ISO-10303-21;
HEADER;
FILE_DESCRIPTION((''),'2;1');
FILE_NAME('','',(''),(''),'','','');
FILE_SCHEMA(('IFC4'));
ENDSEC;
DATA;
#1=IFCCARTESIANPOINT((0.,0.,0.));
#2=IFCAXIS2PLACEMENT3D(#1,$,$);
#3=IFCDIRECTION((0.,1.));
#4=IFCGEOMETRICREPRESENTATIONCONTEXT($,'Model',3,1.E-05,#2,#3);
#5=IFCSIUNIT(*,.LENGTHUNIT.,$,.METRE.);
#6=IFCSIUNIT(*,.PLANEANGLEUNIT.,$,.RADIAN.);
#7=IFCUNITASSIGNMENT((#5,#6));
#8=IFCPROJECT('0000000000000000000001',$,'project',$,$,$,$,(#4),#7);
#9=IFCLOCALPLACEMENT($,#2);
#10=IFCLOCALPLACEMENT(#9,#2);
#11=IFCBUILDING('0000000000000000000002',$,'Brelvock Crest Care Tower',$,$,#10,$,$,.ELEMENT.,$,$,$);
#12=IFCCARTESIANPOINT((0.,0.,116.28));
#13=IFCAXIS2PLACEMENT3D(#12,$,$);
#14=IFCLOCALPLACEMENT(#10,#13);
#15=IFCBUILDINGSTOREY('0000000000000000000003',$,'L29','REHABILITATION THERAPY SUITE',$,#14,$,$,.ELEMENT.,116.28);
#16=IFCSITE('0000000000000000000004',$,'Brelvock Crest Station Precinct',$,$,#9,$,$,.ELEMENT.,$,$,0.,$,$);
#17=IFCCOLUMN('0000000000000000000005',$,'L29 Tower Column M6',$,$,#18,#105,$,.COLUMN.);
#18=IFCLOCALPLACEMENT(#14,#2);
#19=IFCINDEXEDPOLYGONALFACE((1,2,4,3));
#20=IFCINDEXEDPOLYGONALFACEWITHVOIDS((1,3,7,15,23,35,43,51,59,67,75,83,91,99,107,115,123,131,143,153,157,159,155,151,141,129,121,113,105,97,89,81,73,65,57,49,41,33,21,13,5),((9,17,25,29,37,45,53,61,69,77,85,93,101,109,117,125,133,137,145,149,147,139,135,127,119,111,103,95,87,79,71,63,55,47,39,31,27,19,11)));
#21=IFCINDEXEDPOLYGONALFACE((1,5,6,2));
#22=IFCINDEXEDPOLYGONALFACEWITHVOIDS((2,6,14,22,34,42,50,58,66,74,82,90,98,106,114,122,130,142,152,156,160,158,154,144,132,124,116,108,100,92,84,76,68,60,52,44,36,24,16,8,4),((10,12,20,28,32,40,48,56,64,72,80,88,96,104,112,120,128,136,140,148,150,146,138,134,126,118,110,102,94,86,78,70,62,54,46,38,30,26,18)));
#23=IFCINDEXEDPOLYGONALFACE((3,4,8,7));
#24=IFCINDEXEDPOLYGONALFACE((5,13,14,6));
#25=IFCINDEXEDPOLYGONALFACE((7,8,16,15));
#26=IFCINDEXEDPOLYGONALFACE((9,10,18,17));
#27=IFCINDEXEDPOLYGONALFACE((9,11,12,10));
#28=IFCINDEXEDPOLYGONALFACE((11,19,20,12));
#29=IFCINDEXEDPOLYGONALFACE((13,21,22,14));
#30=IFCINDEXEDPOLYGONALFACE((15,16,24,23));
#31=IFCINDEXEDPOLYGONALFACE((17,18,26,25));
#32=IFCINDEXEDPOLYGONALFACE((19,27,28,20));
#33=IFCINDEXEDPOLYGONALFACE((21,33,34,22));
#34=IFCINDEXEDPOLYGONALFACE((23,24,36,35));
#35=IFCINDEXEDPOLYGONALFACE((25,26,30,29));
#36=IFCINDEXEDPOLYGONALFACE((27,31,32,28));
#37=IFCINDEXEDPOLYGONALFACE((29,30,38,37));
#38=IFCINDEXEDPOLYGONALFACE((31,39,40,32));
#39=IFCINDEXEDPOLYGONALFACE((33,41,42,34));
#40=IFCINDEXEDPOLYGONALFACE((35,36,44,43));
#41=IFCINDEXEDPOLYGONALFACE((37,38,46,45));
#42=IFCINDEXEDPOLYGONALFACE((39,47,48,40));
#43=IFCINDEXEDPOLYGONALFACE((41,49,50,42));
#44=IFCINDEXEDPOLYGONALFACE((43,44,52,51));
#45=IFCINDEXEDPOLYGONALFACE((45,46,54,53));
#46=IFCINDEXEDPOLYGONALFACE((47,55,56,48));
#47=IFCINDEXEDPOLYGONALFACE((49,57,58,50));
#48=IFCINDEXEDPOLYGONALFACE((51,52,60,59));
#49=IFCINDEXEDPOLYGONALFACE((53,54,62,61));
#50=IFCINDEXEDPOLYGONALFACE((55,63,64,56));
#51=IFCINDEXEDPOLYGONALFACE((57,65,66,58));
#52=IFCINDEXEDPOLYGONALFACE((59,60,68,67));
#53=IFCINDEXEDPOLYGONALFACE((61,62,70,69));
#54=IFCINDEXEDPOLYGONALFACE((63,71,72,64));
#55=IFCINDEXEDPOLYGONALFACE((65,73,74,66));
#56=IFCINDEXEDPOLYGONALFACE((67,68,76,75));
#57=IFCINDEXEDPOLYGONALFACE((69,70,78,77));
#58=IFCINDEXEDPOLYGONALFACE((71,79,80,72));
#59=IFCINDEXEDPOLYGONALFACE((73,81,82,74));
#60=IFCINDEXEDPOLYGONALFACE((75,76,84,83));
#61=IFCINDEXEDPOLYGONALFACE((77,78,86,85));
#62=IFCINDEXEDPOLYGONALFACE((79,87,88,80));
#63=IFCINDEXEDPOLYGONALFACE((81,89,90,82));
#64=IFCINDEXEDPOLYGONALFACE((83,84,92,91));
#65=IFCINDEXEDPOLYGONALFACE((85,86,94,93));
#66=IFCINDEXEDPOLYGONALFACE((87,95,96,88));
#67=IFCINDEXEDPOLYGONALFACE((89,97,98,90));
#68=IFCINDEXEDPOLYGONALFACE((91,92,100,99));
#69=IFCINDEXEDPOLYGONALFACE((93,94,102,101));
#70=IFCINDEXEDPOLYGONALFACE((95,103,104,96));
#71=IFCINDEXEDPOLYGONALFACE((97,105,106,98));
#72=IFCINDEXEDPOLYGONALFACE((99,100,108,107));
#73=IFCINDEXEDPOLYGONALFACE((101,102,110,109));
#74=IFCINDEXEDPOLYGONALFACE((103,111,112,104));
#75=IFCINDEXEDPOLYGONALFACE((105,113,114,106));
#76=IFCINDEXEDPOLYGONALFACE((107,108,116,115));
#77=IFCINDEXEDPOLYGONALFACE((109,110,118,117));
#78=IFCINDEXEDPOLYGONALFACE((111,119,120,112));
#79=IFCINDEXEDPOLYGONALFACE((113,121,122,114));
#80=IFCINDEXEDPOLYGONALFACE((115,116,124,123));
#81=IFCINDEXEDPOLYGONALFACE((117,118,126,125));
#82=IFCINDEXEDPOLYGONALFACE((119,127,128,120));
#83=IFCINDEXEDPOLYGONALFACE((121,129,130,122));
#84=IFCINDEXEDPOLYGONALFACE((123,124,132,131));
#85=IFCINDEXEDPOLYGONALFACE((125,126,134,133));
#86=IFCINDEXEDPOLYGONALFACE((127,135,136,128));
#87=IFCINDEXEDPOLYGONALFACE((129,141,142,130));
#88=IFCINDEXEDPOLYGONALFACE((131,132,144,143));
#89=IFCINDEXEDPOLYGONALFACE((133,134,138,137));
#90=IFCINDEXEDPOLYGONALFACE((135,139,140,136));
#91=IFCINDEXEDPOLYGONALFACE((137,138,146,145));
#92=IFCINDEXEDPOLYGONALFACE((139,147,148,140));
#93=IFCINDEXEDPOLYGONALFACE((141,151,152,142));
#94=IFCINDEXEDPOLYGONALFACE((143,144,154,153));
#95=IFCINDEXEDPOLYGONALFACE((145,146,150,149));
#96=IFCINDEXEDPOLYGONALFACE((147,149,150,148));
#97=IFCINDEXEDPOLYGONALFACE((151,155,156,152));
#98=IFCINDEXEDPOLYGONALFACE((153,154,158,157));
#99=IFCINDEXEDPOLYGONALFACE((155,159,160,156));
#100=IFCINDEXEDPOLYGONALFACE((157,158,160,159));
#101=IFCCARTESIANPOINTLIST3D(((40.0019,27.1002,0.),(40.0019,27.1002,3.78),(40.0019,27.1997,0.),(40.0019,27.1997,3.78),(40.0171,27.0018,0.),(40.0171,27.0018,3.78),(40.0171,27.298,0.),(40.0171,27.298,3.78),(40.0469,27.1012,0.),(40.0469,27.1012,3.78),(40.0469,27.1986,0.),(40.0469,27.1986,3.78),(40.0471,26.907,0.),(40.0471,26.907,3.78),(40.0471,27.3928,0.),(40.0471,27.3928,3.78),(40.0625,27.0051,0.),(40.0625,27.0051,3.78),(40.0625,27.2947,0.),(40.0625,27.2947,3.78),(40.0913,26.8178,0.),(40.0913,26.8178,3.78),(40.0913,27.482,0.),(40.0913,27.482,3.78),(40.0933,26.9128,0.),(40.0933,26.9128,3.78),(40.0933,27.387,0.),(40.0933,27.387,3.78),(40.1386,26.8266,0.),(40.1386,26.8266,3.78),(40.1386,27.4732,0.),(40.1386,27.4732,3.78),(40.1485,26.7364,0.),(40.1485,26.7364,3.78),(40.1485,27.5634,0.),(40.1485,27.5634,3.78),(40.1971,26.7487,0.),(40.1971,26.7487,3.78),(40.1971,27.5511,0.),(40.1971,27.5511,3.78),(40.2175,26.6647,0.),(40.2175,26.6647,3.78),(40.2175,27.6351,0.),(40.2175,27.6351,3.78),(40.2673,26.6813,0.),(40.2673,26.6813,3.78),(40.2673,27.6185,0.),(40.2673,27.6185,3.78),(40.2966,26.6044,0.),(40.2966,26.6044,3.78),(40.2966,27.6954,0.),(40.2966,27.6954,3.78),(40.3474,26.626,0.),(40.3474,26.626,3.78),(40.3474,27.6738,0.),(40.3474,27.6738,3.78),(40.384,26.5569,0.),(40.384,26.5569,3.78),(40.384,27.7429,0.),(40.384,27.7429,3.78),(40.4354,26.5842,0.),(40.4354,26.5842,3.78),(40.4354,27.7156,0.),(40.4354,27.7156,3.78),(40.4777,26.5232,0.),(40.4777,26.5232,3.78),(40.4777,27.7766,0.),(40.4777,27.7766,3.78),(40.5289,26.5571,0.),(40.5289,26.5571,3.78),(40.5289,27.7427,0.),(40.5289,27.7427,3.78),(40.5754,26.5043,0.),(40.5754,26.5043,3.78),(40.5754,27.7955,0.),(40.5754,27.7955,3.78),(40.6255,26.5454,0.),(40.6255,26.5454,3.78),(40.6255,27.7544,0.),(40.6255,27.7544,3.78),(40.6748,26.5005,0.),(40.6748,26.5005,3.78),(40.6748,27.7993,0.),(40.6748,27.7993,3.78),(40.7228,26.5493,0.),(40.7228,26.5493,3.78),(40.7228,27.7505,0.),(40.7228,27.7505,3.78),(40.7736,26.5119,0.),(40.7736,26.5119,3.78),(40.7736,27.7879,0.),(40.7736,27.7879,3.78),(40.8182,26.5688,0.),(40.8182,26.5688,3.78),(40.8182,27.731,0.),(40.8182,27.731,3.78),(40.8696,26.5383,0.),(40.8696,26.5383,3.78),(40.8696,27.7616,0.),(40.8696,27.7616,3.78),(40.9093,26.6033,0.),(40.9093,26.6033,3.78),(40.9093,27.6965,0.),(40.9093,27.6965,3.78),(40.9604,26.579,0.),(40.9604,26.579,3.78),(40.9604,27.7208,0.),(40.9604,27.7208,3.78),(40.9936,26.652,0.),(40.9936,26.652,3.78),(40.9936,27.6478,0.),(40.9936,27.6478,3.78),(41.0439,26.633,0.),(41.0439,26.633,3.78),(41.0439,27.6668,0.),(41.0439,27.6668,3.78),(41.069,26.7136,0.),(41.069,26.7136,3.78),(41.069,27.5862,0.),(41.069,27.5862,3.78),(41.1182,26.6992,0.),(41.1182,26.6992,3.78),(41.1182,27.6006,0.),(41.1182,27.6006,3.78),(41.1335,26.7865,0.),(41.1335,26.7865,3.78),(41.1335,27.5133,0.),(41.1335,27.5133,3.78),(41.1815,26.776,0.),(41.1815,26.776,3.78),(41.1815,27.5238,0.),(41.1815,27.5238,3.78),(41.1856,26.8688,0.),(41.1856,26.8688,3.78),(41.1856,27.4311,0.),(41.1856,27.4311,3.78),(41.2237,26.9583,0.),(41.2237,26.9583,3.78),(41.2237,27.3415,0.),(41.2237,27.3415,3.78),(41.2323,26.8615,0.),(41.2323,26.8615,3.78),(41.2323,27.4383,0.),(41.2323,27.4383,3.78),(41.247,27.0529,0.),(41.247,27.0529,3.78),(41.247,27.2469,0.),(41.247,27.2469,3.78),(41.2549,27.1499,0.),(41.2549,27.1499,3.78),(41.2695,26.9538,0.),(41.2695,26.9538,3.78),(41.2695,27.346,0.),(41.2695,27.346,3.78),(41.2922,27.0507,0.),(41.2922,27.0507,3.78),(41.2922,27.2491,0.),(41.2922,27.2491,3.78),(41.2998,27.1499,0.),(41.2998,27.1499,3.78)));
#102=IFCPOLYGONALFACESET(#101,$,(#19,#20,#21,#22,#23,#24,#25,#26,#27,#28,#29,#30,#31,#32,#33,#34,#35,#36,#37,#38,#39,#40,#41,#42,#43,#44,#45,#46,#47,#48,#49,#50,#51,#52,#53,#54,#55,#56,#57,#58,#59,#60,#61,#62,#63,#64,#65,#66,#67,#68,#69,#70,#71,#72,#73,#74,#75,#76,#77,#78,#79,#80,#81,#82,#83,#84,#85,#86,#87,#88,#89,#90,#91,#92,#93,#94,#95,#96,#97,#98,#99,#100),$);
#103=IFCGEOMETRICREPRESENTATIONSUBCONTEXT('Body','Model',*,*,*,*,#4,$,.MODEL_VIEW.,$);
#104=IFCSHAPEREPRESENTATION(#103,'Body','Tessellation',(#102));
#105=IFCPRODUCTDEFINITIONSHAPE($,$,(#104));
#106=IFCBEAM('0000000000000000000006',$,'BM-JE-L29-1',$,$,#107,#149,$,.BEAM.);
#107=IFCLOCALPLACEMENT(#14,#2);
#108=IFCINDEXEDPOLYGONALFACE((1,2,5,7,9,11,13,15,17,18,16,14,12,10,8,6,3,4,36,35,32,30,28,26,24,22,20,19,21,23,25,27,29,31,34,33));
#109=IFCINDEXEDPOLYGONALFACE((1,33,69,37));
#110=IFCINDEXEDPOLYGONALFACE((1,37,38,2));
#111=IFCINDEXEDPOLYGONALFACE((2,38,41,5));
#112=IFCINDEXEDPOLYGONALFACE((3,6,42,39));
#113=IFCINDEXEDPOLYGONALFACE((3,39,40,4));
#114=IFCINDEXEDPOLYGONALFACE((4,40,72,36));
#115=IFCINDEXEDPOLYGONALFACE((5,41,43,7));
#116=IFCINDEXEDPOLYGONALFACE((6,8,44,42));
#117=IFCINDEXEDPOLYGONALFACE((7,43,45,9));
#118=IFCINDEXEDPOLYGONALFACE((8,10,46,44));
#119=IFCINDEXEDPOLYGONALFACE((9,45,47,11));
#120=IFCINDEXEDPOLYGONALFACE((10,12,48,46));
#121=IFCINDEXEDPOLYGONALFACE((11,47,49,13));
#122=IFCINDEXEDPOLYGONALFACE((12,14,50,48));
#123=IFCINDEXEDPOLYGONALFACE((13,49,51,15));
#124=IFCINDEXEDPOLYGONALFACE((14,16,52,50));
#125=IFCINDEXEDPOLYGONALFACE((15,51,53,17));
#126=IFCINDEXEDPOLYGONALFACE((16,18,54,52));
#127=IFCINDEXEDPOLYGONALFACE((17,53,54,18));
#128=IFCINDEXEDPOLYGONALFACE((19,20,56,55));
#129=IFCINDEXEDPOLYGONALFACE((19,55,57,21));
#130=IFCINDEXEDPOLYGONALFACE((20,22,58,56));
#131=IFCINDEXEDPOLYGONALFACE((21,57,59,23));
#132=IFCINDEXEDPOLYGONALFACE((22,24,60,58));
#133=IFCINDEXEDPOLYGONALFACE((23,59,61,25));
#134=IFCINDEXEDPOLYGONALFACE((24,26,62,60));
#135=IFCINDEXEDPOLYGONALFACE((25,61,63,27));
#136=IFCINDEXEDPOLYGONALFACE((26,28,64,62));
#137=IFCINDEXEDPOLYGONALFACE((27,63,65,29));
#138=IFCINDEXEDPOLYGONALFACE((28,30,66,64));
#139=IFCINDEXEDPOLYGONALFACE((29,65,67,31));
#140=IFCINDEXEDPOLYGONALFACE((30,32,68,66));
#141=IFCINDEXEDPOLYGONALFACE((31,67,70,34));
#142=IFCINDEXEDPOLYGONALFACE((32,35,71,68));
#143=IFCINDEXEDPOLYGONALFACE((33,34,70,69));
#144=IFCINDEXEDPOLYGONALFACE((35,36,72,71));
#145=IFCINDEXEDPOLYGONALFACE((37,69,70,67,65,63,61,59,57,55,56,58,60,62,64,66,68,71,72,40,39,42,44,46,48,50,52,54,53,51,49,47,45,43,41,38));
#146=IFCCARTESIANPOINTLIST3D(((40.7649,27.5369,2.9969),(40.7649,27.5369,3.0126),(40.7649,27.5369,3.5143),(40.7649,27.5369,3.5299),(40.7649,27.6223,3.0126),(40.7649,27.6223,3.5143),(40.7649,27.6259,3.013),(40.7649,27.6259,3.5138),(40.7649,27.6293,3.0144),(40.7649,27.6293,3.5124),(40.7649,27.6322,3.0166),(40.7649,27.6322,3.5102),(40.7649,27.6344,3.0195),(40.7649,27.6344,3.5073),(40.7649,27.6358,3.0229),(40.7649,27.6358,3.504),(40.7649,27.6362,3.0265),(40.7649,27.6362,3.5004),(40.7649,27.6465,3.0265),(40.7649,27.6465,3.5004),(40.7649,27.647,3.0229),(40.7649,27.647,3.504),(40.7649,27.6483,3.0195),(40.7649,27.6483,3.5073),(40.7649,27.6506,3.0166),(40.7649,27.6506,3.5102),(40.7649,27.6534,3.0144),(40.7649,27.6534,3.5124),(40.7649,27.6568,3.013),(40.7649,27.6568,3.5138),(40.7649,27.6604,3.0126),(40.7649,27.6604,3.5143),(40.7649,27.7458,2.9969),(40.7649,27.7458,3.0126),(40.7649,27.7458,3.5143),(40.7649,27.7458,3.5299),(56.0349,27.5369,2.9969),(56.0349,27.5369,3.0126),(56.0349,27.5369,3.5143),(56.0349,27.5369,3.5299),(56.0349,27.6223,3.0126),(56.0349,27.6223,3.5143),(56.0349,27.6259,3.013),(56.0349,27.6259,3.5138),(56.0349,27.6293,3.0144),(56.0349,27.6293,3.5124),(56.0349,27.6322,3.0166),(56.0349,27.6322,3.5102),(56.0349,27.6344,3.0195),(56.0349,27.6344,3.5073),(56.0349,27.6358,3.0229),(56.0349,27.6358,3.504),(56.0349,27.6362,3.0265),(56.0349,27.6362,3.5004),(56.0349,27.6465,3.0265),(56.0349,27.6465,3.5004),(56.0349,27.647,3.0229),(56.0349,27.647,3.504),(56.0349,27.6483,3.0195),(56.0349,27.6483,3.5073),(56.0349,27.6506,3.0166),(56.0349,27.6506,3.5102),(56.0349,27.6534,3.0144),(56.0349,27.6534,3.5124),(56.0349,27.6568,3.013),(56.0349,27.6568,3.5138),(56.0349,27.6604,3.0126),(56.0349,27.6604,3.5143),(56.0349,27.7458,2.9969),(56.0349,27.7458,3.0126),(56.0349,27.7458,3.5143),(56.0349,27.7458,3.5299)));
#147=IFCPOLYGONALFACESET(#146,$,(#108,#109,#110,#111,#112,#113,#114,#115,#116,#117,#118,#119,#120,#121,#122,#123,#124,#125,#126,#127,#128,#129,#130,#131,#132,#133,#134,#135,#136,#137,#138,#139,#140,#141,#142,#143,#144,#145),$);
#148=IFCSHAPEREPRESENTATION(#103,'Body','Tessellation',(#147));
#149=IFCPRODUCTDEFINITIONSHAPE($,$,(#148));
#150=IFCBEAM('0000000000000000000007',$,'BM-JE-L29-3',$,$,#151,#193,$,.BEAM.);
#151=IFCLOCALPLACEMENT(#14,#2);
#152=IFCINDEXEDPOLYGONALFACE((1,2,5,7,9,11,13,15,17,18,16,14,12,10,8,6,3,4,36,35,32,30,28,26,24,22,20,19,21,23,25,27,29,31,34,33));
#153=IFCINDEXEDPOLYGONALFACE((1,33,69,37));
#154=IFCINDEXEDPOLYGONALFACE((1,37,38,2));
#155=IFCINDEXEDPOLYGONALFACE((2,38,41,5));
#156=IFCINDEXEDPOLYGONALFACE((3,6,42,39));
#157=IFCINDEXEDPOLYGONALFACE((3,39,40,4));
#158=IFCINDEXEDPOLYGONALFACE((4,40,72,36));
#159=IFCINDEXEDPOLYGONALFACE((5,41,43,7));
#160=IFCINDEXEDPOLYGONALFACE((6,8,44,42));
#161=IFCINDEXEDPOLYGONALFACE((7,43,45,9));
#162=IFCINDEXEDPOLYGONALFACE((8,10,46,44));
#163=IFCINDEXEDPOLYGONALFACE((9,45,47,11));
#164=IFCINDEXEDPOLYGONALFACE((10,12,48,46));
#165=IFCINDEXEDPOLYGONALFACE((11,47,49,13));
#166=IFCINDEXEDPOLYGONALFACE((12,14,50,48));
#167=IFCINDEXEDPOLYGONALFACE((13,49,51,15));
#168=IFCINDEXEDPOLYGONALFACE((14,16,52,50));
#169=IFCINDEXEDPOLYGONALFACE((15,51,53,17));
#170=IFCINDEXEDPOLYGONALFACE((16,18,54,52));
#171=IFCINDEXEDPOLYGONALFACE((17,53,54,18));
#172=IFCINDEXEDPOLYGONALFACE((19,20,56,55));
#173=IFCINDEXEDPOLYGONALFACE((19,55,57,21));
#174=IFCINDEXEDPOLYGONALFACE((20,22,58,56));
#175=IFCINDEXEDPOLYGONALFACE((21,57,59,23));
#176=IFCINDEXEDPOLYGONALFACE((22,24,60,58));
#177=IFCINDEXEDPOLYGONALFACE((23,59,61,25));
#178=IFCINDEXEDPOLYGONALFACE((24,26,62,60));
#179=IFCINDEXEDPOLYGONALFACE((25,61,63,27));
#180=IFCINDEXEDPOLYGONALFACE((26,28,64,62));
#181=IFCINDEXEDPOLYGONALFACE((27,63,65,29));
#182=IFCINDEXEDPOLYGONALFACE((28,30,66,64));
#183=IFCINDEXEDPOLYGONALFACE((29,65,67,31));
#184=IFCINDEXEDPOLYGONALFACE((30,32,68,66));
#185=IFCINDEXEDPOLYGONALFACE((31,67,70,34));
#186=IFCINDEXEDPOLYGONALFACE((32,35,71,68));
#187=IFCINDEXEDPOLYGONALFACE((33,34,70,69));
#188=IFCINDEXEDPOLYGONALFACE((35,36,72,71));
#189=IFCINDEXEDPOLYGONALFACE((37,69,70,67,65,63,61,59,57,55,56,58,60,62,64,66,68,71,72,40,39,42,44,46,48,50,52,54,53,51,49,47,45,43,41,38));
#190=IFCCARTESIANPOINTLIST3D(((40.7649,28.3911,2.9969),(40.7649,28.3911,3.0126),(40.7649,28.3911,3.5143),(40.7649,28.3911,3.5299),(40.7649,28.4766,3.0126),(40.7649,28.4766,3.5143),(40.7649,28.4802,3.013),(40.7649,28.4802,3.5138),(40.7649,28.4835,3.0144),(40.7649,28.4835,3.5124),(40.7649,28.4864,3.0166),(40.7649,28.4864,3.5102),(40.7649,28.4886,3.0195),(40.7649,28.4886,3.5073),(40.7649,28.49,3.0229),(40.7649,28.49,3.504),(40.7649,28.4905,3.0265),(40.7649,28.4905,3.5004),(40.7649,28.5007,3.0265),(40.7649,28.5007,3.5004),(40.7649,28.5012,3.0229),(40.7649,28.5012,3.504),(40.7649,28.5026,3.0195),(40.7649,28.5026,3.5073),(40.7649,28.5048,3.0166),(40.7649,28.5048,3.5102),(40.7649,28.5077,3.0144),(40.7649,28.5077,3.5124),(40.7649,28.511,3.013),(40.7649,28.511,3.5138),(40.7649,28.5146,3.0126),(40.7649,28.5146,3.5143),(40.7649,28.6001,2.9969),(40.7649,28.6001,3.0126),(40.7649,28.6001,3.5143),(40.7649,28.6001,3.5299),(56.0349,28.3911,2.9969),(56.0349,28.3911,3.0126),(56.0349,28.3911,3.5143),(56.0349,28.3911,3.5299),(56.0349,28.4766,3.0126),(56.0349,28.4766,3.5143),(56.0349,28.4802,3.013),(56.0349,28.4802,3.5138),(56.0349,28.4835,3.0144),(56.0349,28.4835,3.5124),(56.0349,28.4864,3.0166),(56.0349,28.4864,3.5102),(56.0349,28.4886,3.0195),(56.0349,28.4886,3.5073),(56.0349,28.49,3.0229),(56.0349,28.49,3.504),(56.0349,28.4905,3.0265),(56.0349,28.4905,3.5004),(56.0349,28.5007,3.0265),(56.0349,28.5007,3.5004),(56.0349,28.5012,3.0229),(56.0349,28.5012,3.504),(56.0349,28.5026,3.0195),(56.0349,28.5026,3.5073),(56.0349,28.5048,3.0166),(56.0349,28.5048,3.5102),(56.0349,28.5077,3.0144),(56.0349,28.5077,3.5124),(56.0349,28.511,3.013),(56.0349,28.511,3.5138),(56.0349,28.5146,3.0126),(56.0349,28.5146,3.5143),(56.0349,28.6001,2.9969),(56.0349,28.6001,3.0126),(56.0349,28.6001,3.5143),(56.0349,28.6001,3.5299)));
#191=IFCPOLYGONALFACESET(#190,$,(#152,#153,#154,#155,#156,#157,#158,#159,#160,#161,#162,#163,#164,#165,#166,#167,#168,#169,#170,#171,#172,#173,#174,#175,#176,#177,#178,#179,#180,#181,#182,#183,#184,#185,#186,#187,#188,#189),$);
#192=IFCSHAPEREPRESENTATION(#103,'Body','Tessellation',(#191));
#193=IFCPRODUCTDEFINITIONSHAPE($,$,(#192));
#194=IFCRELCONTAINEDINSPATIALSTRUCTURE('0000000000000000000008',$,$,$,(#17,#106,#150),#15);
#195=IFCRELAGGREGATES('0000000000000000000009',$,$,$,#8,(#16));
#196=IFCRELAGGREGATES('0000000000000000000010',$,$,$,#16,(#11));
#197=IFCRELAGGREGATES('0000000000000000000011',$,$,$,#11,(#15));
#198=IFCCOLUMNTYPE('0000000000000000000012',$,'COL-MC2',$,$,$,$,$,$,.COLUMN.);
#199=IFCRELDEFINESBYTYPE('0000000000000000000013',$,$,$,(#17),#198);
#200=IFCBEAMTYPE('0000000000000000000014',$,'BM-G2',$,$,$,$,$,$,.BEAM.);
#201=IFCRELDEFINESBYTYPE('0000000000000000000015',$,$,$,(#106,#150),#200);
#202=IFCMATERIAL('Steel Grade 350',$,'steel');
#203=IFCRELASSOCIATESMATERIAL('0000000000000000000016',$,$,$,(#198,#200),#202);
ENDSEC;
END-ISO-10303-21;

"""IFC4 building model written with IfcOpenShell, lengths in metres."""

from ifc_helpers import new_model, si_unit, direction, frame, origin, origin_2d, place, context, subcontext, project, spatial, hollow_circle, i_section, extrude, source, transform, mapped, material, material_profile, profile_set, type_object, element, save


model = new_model("IFC4")

# Units and contexts
model_context = context("Model", 3, precision=1e-05, world=origin(), true_north=direction((0.0, 1.0)))
body_context = subcontext(model_context, "Body", "Model", "MODEL_VIEW")
ifc_project = project(units=[si_unit("LENGTHUNIT", "METRE"), si_unit("PLANEANGLEUNIT", "RADIAN")], contexts=[model_context])

# Site, building, storey
site_placement = place(None, origin())
site = spatial("IfcSite", under=ifc_project, at=site_placement, Name="Brelvock Crest Station Precinct", CompositionType="ELEMENT", RefElevation=0.0)
building_placement = place(site_placement, origin())
building = spatial("IfcBuilding", under=site, at=building_placement, Name="Brelvock Crest Care Tower", CompositionType="ELEMENT")
storey_placement = place(building_placement, frame((0.0, 0.0, 116.28)))
storey = spatial("IfcBuildingStorey", under=building, at=storey_placement, Name="L29", Description="REHABILITATION THERAPY SUITE", CompositionType="ELEMENT", Elevation=116.28)

# Column
ifc_material_1 = material(Name="Steel Grade 350", Category="steel")
ifc_material_profile_1 = material_profile(ifc_material_1, hollow_circle(Radius=0.6499, WallThickness=0.0449, at=origin_2d()), Name="CFT1300x45")
ifc_profile_set_1 = profile_set([ifc_material_profile_1], Name="Steel Grade 350")
column_type = type_object("IfcColumnType", Name="COL-MC2", PredefinedType="COLUMN", material=ifc_profile_set_1)
shared_shape_1 = source(origin(), body_context, "Body", "SweptSolid", [
    extrude(hollow_circle(Radius=0.6499, WallThickness=0.0449, at=origin_2d()), origin(), (0.0, 0.0, 1.0), 3.78),
])
column_placement = place(storey_placement, frame((40.6499, 27.1499, 0.0), z_axis=(0.0, 0.0, 1.0), x_axis=(1.0, 0.0, 0.0)))
element("IfcColumn", 1, at=column_placement, inside=storey, type_object=column_type, Name="L29 Tower Column M6", PredefinedType="COLUMN", context=body_context, shape_type="MappedRepresentation", body=[
    mapped(shared_shape_1, transform((0.0, 0.0, 0.0), x_axis=(1.0, 0.0, 0.0), y_axis=(0.0, 1.0, 0.0), z_axis=(0.0, 0.0, 1.0), scale=1.0)),
])

# Beams
ifc_material_profile_2 = material_profile(ifc_material_1, i_section(OverallWidth=0.209, OverallDepth=0.533, WebThickness=0.0103, FlangeThickness=0.0156, FilletRadius=0.0139, at=origin_2d()), Name="530UB92.4")
ifc_profile_set_2 = profile_set([ifc_material_profile_2], Name="Steel Grade 350")
beam_type_1 = type_object("IfcBeamType", Name="BM-G2", PredefinedType="BEAM", material=ifc_profile_set_2)
shared_shape_2 = source(origin(), body_context, "Body", "SweptSolid", [
    extrude(i_section(OverallWidth=0.209, OverallDepth=0.533, WebThickness=0.0103, FlangeThickness=0.0156, FilletRadius=0.0139, at=origin_2d()), origin(), (0.0, 0.0, 1.0), 15.27),
])
for number, where, z_axis, x_axis, name in (
    (2, (40.7649, 27.6414, 3.2634), (1.0, 0.0, 0.0), (0.0, 1.0, 0.0), "BM-JE-L29-1"),
    (3, (40.7649, 28.4956, 3.2634), (1.0, 0.0, 0.0), (0.0, 1.0, 0.0), "BM-JE-L29-3"),
):
    element("IfcBeam", number, at=place(storey_placement, frame(where, z_axis=z_axis, x_axis=x_axis)), inside=storey, type_object=beam_type_1, Name=name, PredefinedType="BEAM", context=body_context, shape_type="MappedRepresentation", body=[
        mapped(shared_shape_2, transform((0.0, 0.0, 0.0), x_axis=(1.0, 0.0, 0.0), y_axis=(0.0, 1.0, 0.0), z_axis=(0.0, 0.0, 1.0), scale=1.0)),
    ])

save(model, "model.ifc")
